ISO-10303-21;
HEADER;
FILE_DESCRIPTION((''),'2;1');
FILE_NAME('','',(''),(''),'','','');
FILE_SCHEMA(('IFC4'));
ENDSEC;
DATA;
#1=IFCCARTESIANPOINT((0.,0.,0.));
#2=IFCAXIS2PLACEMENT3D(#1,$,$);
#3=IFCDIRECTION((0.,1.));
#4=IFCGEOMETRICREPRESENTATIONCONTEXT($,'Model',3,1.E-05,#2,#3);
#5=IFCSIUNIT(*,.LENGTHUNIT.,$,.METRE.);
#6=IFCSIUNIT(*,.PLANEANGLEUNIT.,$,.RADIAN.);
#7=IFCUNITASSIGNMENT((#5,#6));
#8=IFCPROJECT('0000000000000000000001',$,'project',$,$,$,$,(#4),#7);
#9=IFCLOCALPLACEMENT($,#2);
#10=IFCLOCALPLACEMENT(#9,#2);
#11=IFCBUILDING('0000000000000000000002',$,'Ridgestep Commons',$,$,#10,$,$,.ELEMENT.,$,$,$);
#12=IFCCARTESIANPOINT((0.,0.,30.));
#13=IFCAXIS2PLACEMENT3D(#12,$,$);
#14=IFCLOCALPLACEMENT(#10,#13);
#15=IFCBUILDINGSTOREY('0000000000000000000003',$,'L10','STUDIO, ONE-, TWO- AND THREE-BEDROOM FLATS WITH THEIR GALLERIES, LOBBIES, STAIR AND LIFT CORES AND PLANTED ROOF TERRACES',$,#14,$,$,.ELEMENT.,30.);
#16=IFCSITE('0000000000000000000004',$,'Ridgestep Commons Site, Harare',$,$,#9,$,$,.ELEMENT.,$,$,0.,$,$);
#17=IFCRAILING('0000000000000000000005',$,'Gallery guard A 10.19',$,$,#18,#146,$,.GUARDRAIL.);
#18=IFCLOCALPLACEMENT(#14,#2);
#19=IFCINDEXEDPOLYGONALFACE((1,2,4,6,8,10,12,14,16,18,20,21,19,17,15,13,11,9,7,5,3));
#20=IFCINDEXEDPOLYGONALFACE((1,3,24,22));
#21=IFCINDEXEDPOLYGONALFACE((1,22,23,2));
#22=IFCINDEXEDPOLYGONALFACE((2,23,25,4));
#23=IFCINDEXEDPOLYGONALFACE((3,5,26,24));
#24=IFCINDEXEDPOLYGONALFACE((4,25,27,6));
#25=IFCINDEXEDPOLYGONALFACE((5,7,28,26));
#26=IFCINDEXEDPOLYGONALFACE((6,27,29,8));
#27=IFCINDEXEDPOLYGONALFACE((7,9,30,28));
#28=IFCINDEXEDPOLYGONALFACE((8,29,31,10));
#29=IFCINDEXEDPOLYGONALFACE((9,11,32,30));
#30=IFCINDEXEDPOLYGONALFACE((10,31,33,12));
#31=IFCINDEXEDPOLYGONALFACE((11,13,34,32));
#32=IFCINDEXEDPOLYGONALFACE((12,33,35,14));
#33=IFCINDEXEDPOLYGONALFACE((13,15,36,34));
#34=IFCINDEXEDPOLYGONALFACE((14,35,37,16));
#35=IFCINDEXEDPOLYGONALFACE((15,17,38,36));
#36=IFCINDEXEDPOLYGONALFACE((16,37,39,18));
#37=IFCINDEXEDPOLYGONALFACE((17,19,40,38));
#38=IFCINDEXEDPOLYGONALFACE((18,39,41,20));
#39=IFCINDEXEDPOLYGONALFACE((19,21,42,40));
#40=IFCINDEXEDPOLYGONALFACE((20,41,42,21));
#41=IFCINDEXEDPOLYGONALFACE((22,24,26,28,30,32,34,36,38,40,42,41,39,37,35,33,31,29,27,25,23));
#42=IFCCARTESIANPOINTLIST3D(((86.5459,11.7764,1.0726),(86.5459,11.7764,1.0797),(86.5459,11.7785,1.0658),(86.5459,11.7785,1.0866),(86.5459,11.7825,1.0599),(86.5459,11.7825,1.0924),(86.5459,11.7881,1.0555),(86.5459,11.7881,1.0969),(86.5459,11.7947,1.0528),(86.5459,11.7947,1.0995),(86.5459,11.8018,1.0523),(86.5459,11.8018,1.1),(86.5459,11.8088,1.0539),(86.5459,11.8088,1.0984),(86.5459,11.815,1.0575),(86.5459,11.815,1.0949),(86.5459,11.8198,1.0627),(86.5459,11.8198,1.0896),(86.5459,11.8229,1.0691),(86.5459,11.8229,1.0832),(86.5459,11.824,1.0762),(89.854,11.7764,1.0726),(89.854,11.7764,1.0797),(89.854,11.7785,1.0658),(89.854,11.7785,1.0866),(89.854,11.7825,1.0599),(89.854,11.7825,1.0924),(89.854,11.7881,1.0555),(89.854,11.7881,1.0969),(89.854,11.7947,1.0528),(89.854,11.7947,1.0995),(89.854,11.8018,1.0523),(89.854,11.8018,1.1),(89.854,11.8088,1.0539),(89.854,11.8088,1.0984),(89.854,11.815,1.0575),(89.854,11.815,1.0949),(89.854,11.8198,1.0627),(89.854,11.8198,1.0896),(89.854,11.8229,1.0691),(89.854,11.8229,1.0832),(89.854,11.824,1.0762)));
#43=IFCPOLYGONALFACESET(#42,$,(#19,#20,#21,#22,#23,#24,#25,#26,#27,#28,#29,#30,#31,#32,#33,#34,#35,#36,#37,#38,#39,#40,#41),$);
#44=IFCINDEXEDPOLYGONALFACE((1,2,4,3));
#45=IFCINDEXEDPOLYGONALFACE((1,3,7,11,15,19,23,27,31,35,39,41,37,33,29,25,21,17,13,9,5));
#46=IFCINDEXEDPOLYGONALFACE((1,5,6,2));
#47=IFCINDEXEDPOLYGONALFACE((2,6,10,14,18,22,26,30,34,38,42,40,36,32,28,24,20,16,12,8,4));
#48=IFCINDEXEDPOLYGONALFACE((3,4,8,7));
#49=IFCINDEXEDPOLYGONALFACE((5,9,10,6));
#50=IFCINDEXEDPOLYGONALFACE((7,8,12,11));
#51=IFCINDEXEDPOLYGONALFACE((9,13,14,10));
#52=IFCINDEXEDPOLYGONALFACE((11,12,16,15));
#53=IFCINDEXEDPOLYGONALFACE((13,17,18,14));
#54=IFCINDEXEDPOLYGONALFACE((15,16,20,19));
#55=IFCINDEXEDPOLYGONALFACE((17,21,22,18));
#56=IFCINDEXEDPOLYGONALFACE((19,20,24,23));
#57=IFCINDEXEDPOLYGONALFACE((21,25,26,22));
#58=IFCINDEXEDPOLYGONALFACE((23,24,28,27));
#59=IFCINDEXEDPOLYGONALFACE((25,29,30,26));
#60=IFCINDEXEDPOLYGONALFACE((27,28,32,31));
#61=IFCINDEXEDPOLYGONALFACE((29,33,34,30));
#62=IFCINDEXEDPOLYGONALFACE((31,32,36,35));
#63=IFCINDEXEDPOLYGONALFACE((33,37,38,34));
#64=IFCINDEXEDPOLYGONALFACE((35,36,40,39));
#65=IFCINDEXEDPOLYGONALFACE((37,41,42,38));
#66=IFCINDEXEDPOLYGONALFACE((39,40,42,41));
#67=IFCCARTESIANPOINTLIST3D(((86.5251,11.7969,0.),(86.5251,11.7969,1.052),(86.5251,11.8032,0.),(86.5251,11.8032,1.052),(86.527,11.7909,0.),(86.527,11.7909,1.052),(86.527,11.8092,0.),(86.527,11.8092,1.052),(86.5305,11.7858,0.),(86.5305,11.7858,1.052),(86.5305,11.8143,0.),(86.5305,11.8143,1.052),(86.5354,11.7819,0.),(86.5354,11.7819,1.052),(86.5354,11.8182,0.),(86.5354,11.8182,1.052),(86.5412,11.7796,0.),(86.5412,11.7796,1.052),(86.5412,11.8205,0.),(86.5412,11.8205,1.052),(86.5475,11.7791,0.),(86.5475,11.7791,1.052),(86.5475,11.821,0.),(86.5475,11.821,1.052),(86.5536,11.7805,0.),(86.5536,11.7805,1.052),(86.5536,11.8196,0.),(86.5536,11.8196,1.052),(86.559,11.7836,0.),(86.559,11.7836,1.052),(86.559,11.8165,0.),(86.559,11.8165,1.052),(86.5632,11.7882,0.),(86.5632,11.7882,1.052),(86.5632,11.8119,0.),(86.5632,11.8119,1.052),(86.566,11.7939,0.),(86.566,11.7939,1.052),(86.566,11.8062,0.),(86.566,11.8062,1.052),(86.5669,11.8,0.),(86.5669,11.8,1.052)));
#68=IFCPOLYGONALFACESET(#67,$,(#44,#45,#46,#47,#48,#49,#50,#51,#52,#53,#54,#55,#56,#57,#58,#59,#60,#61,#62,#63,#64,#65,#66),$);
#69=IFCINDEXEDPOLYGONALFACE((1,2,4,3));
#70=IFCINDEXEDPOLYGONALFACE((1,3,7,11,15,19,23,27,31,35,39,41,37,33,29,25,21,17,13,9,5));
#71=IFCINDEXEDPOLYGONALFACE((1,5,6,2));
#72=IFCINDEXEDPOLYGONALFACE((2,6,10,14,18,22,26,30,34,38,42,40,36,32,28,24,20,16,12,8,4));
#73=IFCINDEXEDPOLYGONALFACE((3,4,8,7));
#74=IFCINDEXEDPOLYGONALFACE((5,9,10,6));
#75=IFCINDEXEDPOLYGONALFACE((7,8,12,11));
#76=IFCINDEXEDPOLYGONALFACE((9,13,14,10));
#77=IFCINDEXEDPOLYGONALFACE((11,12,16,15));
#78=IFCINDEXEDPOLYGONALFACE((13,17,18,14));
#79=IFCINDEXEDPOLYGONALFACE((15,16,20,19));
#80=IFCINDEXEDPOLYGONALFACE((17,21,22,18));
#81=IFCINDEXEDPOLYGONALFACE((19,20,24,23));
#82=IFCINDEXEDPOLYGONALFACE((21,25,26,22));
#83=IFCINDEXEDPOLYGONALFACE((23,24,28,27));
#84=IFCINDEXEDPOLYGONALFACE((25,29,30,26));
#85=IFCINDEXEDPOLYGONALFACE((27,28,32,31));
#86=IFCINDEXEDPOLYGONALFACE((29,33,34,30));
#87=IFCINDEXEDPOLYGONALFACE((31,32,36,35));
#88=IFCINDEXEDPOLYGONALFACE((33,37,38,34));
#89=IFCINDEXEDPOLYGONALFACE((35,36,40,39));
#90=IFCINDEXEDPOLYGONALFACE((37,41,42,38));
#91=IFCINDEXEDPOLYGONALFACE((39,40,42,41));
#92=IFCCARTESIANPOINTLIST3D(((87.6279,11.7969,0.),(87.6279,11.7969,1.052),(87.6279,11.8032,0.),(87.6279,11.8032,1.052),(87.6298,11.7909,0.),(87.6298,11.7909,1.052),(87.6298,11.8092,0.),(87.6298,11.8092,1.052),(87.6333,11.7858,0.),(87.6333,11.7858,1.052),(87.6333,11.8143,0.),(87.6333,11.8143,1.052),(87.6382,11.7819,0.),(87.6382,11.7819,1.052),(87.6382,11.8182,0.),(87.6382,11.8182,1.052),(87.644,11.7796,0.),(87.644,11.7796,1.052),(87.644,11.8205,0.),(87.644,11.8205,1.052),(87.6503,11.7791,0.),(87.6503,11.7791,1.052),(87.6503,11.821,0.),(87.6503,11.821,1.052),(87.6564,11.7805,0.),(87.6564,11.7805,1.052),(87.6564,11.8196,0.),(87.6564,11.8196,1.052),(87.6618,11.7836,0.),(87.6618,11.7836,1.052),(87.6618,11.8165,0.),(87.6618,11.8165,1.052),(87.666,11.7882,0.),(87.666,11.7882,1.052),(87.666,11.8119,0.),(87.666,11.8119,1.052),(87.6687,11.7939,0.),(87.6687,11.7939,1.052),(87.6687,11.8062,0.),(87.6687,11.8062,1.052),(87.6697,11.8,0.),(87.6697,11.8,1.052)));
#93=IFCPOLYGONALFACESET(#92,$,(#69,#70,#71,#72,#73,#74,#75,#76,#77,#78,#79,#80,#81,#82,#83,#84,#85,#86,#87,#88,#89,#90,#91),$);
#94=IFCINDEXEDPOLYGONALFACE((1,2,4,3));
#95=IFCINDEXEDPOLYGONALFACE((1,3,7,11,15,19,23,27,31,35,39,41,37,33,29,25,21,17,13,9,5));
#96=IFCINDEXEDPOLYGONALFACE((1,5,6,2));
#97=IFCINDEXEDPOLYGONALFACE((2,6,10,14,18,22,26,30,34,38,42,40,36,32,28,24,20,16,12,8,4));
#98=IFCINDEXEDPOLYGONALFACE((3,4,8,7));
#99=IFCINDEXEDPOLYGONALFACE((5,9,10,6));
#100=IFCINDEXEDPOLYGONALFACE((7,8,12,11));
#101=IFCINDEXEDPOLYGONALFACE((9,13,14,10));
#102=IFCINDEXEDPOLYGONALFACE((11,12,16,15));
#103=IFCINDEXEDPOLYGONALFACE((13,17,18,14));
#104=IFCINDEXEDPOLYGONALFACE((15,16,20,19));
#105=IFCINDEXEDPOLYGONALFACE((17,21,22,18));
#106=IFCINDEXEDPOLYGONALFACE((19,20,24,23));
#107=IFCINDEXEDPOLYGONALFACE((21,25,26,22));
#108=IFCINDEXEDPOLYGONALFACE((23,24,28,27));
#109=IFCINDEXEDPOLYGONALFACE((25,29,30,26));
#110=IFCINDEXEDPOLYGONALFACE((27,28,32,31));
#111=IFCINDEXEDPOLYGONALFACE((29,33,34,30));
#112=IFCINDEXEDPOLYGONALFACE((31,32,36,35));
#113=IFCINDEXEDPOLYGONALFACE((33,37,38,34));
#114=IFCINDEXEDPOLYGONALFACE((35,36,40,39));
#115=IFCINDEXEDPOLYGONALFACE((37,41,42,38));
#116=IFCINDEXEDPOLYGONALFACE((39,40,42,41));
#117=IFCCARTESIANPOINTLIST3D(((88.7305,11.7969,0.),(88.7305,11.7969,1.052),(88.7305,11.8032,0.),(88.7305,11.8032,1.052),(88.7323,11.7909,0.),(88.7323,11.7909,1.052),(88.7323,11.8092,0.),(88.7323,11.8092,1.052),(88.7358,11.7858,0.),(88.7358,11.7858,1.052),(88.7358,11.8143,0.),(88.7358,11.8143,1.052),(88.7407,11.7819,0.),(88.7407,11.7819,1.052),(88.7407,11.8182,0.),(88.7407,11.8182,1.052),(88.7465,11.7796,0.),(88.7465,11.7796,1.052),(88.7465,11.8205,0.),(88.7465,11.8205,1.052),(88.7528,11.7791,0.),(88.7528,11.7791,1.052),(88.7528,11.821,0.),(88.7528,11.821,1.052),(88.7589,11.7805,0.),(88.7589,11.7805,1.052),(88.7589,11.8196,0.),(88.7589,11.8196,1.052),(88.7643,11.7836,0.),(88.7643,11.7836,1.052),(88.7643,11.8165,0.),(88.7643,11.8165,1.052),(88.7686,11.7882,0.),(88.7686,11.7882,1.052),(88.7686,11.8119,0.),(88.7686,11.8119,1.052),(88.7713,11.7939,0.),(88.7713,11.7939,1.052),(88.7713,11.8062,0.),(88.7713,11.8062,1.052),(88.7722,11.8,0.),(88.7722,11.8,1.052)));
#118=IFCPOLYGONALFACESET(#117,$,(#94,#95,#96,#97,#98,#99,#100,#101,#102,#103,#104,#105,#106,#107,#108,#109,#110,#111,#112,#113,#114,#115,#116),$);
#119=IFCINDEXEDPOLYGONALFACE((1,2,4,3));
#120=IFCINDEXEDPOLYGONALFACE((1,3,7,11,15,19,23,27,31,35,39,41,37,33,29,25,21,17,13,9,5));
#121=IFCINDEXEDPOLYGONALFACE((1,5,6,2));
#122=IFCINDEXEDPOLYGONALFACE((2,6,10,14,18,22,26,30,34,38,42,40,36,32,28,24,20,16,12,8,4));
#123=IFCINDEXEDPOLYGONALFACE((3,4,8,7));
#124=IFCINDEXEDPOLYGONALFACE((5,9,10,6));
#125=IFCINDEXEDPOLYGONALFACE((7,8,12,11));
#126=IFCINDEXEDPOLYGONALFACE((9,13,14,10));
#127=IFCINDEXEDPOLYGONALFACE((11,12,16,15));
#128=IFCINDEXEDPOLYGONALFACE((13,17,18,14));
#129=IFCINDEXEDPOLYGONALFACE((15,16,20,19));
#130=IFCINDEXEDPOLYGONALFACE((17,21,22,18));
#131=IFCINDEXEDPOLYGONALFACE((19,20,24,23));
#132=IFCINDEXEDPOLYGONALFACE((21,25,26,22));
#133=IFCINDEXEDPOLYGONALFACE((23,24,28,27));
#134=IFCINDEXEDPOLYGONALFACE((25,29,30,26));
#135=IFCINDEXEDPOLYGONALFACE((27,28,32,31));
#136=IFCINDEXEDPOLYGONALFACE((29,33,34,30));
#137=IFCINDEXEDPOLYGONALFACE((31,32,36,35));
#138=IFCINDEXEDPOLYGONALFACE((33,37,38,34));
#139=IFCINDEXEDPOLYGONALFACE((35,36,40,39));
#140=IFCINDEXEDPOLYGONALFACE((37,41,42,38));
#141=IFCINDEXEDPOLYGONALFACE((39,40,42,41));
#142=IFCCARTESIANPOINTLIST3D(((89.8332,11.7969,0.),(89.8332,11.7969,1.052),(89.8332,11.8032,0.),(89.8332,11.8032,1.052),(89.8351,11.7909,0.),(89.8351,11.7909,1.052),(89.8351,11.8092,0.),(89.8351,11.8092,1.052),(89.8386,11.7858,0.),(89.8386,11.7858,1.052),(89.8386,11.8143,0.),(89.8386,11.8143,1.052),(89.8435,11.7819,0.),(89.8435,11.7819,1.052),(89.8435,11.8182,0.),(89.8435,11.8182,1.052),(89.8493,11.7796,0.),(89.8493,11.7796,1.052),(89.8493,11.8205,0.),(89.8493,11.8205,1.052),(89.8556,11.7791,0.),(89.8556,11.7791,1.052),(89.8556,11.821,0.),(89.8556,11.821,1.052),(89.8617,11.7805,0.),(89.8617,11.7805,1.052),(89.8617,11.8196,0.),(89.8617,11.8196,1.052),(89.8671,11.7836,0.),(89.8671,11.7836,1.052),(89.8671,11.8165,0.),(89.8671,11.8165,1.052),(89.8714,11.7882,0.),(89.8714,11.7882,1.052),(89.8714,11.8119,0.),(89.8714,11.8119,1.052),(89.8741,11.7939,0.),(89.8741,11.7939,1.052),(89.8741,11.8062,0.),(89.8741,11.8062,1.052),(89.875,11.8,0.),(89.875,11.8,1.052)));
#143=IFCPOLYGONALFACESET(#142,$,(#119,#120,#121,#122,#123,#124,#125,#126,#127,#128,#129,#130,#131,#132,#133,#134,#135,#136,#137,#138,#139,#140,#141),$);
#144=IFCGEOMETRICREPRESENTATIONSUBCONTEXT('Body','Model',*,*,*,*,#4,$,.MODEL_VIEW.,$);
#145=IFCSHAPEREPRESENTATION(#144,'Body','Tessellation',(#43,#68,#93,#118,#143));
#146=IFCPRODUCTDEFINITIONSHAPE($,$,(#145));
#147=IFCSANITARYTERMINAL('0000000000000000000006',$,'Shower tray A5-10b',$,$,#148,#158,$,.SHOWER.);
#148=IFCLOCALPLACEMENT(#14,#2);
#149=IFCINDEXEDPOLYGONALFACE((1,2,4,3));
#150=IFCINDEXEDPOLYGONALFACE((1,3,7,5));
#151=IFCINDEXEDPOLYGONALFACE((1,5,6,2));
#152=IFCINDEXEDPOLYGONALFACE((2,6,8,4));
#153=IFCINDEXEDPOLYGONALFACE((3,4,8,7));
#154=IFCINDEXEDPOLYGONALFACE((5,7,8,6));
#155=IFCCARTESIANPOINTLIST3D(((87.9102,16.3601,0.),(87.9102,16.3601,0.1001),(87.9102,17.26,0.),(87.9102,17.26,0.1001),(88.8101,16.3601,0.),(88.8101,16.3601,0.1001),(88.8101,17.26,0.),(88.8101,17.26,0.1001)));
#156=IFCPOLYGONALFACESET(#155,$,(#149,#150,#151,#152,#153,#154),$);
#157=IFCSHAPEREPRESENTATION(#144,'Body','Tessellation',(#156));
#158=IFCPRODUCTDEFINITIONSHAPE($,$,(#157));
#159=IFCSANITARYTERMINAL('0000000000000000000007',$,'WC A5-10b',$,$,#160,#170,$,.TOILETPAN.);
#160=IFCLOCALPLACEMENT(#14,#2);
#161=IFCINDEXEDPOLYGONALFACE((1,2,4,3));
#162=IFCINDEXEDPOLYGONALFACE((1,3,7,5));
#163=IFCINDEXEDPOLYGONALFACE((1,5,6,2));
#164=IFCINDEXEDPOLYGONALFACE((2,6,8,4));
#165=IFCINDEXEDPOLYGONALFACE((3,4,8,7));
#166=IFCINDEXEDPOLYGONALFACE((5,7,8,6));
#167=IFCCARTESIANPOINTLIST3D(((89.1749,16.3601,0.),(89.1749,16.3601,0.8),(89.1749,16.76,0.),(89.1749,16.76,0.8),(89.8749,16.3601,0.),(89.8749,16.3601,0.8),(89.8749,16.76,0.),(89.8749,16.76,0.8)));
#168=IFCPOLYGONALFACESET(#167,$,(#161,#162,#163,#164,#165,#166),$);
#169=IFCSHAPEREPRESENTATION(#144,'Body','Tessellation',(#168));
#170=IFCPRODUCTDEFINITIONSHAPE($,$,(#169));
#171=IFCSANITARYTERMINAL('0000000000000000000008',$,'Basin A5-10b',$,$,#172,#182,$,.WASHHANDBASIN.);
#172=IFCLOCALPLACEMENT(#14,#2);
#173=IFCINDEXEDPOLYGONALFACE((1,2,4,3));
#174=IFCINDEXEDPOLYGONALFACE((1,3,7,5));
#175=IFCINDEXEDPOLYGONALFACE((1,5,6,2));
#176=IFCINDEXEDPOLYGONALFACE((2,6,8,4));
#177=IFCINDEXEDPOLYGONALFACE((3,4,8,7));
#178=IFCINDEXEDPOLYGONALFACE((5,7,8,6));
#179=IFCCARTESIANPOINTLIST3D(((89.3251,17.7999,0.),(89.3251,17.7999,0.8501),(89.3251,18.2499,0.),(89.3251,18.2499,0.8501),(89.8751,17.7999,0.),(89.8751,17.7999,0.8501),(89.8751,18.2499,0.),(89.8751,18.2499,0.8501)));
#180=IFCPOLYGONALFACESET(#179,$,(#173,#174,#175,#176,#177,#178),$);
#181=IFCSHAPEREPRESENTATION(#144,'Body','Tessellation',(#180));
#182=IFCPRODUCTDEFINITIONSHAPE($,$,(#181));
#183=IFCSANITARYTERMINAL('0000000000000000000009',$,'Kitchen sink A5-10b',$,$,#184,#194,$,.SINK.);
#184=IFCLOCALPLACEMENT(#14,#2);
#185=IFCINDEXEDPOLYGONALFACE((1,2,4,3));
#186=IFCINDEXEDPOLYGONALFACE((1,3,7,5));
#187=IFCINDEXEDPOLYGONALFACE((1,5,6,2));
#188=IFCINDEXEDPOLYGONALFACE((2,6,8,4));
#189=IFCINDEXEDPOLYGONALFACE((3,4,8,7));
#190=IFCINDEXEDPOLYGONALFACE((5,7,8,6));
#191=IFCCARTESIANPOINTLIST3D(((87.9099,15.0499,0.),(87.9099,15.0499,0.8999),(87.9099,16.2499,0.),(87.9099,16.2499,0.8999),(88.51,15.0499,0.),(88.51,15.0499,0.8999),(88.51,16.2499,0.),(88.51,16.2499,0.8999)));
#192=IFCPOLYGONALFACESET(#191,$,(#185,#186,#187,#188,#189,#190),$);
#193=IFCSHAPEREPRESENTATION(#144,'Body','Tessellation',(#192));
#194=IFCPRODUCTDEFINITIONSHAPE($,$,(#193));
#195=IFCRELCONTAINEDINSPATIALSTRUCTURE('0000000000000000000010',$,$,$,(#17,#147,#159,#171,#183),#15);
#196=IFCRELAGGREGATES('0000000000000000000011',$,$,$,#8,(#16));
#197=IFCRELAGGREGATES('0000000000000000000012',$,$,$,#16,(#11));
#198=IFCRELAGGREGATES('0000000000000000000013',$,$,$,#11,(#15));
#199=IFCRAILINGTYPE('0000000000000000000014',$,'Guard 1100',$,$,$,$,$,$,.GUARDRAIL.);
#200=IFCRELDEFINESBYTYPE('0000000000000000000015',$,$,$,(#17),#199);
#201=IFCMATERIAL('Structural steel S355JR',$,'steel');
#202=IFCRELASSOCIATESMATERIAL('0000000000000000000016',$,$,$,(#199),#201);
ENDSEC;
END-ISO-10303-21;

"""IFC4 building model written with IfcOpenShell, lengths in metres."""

from ifc_helpers import new_model, si_unit, direction, frame, origin, origin_2d, place, context, subcontext, project, spatial, rectangle, circle, extrude, material, type_object, element, save


model = new_model("IFC4")

# Units and contexts
model_context = context("Model", 3, precision=1e-05, world=origin(), true_north=direction((0.0, 1.0)))
body_context = subcontext(model_context, "Body", "Model", "MODEL_VIEW")
ifc_project = project(units=[si_unit("LENGTHUNIT", "METRE"), si_unit("PLANEANGLEUNIT", "RADIAN")], contexts=[model_context])

# Site, building, storey
site_placement = place(None, origin())
site = spatial("IfcSite", under=ifc_project, at=site_placement, Name="Ridgestep Commons Site, Harare", CompositionType="ELEMENT", RefElevation=0.0)
building_placement = place(site_placement, origin())
building = spatial("IfcBuilding", under=site, at=building_placement, Name="Ridgestep Commons", CompositionType="ELEMENT")
storey_placement = place(building_placement, frame((0.0, 0.0, 30.0)))
storey = spatial("IfcBuildingStorey", under=building, at=storey_placement, Name="L10", Description="STUDIO, ONE-, TWO- AND THREE-BEDROOM FLATS WITH THEIR GALLERIES, LOBBIES, STAIR AND LIFT CORES AND PLANTED ROOF TERRACES", CompositionType="ELEMENT", Elevation=30.0)

# Railing
ifc_material_1 = material(Name="Structural steel S355JR", Category="steel")
railing_type = type_object("IfcRailingType", Name="Guard 1100", PredefinedType="GUARDRAIL", material=ifc_material_1)
railing_1_placement = place(storey_placement, frame((86.5459, 11.8, 0.0)))
element("IfcRailing", 1, at=railing_1_placement, inside=storey, type_object=railing_type, Name="Gallery guard A 10.19", PredefinedType="GUARDRAIL", context=body_context, shape_type="SweptSolid", body=[
    extrude(circle(Radius=0.0239, at=origin_2d()), frame((0.0, 0.0, 1.0762), z_axis=(1.0, 0.0, 0.0), x_axis=(0.0, 1.0, 0.0)), (0.0, 0.0, 1.0), 3.3081),
    extrude(circle(Radius=0.021, at=origin_2d()), origin(), (0.0, 0.0, 1.0), 1.052),
    extrude(circle(Radius=0.021, at=origin_2d()), frame((1.1028, 0.0, 0.0)), (0.0, 0.0, 1.0), 1.052),
    extrude(circle(Radius=0.021, at=origin_2d()), frame((2.2053, 0.0, 0.0)), (0.0, 0.0, 1.0), 1.052),
    extrude(circle(Radius=0.021, at=origin_2d()), frame((3.3081, 0.0, 0.0)), (0.0, 0.0, 1.0), 1.052),
])

# Sanitary terminals
sanitary_terminal_1_placement = place(storey_placement, frame((88.3601, 16.8101, 0.0), z_axis=(0.0, 0.0, 1.0), x_axis=(1.0, 0.0, 0.0)))
element("IfcSanitaryTerminal", 2, at=sanitary_terminal_1_placement, inside=storey, Name="Shower tray A5-10b", PredefinedType="SHOWER", context=body_context, shape_type="SweptSolid", body=[
    extrude(rectangle(XDim=0.8999, YDim=0.8999, at=origin_2d()), origin(), (0.0, 0.0, 1.0), 0.1001),
])
sanitary_terminal_2_placement = place(storey_placement, frame((89.5249, 16.5601, 0.0), z_axis=(0.0, 0.0, 1.0), x_axis=(1.0, 0.0, 0.0)))
element("IfcSanitaryTerminal", 3, at=sanitary_terminal_2_placement, inside=storey, Name="WC A5-10b", PredefinedType="TOILETPAN", context=body_context, shape_type="SweptSolid", body=[
    extrude(rectangle(XDim=0.7, YDim=0.3999, at=origin_2d()), origin(), (0.0, 0.0, 1.0), 0.8),
])
sanitary_terminal_3_placement = place(storey_placement, frame((89.6001, 18.0249, 0.0), z_axis=(0.0, 0.0, 1.0), x_axis=(1.0, 0.0, 0.0)))
element("IfcSanitaryTerminal", 4, at=sanitary_terminal_3_placement, inside=storey, Name="Basin A5-10b", PredefinedType="WASHHANDBASIN", context=body_context, shape_type="SweptSolid", body=[
    extrude(rectangle(XDim=0.55, YDim=0.45, at=origin_2d()), origin(), (0.0, 0.0, 1.0), 0.8501),
])
sanitary_terminal_4_placement = place(storey_placement, frame((88.21, 15.6499, 0.0), z_axis=(0.0, 0.0, 1.0), x_axis=(1.0, 0.0, 0.0)))
element("IfcSanitaryTerminal", 5, at=sanitary_terminal_4_placement, inside=storey, Name="Kitchen sink A5-10b", PredefinedType="SINK", context=body_context, shape_type="SweptSolid", body=[
    extrude(rectangle(XDim=0.6001, YDim=1.2, at=origin_2d()), origin(), (0.0, 0.0, 1.0), 0.8999),
])

save(model, "model.ifc")
